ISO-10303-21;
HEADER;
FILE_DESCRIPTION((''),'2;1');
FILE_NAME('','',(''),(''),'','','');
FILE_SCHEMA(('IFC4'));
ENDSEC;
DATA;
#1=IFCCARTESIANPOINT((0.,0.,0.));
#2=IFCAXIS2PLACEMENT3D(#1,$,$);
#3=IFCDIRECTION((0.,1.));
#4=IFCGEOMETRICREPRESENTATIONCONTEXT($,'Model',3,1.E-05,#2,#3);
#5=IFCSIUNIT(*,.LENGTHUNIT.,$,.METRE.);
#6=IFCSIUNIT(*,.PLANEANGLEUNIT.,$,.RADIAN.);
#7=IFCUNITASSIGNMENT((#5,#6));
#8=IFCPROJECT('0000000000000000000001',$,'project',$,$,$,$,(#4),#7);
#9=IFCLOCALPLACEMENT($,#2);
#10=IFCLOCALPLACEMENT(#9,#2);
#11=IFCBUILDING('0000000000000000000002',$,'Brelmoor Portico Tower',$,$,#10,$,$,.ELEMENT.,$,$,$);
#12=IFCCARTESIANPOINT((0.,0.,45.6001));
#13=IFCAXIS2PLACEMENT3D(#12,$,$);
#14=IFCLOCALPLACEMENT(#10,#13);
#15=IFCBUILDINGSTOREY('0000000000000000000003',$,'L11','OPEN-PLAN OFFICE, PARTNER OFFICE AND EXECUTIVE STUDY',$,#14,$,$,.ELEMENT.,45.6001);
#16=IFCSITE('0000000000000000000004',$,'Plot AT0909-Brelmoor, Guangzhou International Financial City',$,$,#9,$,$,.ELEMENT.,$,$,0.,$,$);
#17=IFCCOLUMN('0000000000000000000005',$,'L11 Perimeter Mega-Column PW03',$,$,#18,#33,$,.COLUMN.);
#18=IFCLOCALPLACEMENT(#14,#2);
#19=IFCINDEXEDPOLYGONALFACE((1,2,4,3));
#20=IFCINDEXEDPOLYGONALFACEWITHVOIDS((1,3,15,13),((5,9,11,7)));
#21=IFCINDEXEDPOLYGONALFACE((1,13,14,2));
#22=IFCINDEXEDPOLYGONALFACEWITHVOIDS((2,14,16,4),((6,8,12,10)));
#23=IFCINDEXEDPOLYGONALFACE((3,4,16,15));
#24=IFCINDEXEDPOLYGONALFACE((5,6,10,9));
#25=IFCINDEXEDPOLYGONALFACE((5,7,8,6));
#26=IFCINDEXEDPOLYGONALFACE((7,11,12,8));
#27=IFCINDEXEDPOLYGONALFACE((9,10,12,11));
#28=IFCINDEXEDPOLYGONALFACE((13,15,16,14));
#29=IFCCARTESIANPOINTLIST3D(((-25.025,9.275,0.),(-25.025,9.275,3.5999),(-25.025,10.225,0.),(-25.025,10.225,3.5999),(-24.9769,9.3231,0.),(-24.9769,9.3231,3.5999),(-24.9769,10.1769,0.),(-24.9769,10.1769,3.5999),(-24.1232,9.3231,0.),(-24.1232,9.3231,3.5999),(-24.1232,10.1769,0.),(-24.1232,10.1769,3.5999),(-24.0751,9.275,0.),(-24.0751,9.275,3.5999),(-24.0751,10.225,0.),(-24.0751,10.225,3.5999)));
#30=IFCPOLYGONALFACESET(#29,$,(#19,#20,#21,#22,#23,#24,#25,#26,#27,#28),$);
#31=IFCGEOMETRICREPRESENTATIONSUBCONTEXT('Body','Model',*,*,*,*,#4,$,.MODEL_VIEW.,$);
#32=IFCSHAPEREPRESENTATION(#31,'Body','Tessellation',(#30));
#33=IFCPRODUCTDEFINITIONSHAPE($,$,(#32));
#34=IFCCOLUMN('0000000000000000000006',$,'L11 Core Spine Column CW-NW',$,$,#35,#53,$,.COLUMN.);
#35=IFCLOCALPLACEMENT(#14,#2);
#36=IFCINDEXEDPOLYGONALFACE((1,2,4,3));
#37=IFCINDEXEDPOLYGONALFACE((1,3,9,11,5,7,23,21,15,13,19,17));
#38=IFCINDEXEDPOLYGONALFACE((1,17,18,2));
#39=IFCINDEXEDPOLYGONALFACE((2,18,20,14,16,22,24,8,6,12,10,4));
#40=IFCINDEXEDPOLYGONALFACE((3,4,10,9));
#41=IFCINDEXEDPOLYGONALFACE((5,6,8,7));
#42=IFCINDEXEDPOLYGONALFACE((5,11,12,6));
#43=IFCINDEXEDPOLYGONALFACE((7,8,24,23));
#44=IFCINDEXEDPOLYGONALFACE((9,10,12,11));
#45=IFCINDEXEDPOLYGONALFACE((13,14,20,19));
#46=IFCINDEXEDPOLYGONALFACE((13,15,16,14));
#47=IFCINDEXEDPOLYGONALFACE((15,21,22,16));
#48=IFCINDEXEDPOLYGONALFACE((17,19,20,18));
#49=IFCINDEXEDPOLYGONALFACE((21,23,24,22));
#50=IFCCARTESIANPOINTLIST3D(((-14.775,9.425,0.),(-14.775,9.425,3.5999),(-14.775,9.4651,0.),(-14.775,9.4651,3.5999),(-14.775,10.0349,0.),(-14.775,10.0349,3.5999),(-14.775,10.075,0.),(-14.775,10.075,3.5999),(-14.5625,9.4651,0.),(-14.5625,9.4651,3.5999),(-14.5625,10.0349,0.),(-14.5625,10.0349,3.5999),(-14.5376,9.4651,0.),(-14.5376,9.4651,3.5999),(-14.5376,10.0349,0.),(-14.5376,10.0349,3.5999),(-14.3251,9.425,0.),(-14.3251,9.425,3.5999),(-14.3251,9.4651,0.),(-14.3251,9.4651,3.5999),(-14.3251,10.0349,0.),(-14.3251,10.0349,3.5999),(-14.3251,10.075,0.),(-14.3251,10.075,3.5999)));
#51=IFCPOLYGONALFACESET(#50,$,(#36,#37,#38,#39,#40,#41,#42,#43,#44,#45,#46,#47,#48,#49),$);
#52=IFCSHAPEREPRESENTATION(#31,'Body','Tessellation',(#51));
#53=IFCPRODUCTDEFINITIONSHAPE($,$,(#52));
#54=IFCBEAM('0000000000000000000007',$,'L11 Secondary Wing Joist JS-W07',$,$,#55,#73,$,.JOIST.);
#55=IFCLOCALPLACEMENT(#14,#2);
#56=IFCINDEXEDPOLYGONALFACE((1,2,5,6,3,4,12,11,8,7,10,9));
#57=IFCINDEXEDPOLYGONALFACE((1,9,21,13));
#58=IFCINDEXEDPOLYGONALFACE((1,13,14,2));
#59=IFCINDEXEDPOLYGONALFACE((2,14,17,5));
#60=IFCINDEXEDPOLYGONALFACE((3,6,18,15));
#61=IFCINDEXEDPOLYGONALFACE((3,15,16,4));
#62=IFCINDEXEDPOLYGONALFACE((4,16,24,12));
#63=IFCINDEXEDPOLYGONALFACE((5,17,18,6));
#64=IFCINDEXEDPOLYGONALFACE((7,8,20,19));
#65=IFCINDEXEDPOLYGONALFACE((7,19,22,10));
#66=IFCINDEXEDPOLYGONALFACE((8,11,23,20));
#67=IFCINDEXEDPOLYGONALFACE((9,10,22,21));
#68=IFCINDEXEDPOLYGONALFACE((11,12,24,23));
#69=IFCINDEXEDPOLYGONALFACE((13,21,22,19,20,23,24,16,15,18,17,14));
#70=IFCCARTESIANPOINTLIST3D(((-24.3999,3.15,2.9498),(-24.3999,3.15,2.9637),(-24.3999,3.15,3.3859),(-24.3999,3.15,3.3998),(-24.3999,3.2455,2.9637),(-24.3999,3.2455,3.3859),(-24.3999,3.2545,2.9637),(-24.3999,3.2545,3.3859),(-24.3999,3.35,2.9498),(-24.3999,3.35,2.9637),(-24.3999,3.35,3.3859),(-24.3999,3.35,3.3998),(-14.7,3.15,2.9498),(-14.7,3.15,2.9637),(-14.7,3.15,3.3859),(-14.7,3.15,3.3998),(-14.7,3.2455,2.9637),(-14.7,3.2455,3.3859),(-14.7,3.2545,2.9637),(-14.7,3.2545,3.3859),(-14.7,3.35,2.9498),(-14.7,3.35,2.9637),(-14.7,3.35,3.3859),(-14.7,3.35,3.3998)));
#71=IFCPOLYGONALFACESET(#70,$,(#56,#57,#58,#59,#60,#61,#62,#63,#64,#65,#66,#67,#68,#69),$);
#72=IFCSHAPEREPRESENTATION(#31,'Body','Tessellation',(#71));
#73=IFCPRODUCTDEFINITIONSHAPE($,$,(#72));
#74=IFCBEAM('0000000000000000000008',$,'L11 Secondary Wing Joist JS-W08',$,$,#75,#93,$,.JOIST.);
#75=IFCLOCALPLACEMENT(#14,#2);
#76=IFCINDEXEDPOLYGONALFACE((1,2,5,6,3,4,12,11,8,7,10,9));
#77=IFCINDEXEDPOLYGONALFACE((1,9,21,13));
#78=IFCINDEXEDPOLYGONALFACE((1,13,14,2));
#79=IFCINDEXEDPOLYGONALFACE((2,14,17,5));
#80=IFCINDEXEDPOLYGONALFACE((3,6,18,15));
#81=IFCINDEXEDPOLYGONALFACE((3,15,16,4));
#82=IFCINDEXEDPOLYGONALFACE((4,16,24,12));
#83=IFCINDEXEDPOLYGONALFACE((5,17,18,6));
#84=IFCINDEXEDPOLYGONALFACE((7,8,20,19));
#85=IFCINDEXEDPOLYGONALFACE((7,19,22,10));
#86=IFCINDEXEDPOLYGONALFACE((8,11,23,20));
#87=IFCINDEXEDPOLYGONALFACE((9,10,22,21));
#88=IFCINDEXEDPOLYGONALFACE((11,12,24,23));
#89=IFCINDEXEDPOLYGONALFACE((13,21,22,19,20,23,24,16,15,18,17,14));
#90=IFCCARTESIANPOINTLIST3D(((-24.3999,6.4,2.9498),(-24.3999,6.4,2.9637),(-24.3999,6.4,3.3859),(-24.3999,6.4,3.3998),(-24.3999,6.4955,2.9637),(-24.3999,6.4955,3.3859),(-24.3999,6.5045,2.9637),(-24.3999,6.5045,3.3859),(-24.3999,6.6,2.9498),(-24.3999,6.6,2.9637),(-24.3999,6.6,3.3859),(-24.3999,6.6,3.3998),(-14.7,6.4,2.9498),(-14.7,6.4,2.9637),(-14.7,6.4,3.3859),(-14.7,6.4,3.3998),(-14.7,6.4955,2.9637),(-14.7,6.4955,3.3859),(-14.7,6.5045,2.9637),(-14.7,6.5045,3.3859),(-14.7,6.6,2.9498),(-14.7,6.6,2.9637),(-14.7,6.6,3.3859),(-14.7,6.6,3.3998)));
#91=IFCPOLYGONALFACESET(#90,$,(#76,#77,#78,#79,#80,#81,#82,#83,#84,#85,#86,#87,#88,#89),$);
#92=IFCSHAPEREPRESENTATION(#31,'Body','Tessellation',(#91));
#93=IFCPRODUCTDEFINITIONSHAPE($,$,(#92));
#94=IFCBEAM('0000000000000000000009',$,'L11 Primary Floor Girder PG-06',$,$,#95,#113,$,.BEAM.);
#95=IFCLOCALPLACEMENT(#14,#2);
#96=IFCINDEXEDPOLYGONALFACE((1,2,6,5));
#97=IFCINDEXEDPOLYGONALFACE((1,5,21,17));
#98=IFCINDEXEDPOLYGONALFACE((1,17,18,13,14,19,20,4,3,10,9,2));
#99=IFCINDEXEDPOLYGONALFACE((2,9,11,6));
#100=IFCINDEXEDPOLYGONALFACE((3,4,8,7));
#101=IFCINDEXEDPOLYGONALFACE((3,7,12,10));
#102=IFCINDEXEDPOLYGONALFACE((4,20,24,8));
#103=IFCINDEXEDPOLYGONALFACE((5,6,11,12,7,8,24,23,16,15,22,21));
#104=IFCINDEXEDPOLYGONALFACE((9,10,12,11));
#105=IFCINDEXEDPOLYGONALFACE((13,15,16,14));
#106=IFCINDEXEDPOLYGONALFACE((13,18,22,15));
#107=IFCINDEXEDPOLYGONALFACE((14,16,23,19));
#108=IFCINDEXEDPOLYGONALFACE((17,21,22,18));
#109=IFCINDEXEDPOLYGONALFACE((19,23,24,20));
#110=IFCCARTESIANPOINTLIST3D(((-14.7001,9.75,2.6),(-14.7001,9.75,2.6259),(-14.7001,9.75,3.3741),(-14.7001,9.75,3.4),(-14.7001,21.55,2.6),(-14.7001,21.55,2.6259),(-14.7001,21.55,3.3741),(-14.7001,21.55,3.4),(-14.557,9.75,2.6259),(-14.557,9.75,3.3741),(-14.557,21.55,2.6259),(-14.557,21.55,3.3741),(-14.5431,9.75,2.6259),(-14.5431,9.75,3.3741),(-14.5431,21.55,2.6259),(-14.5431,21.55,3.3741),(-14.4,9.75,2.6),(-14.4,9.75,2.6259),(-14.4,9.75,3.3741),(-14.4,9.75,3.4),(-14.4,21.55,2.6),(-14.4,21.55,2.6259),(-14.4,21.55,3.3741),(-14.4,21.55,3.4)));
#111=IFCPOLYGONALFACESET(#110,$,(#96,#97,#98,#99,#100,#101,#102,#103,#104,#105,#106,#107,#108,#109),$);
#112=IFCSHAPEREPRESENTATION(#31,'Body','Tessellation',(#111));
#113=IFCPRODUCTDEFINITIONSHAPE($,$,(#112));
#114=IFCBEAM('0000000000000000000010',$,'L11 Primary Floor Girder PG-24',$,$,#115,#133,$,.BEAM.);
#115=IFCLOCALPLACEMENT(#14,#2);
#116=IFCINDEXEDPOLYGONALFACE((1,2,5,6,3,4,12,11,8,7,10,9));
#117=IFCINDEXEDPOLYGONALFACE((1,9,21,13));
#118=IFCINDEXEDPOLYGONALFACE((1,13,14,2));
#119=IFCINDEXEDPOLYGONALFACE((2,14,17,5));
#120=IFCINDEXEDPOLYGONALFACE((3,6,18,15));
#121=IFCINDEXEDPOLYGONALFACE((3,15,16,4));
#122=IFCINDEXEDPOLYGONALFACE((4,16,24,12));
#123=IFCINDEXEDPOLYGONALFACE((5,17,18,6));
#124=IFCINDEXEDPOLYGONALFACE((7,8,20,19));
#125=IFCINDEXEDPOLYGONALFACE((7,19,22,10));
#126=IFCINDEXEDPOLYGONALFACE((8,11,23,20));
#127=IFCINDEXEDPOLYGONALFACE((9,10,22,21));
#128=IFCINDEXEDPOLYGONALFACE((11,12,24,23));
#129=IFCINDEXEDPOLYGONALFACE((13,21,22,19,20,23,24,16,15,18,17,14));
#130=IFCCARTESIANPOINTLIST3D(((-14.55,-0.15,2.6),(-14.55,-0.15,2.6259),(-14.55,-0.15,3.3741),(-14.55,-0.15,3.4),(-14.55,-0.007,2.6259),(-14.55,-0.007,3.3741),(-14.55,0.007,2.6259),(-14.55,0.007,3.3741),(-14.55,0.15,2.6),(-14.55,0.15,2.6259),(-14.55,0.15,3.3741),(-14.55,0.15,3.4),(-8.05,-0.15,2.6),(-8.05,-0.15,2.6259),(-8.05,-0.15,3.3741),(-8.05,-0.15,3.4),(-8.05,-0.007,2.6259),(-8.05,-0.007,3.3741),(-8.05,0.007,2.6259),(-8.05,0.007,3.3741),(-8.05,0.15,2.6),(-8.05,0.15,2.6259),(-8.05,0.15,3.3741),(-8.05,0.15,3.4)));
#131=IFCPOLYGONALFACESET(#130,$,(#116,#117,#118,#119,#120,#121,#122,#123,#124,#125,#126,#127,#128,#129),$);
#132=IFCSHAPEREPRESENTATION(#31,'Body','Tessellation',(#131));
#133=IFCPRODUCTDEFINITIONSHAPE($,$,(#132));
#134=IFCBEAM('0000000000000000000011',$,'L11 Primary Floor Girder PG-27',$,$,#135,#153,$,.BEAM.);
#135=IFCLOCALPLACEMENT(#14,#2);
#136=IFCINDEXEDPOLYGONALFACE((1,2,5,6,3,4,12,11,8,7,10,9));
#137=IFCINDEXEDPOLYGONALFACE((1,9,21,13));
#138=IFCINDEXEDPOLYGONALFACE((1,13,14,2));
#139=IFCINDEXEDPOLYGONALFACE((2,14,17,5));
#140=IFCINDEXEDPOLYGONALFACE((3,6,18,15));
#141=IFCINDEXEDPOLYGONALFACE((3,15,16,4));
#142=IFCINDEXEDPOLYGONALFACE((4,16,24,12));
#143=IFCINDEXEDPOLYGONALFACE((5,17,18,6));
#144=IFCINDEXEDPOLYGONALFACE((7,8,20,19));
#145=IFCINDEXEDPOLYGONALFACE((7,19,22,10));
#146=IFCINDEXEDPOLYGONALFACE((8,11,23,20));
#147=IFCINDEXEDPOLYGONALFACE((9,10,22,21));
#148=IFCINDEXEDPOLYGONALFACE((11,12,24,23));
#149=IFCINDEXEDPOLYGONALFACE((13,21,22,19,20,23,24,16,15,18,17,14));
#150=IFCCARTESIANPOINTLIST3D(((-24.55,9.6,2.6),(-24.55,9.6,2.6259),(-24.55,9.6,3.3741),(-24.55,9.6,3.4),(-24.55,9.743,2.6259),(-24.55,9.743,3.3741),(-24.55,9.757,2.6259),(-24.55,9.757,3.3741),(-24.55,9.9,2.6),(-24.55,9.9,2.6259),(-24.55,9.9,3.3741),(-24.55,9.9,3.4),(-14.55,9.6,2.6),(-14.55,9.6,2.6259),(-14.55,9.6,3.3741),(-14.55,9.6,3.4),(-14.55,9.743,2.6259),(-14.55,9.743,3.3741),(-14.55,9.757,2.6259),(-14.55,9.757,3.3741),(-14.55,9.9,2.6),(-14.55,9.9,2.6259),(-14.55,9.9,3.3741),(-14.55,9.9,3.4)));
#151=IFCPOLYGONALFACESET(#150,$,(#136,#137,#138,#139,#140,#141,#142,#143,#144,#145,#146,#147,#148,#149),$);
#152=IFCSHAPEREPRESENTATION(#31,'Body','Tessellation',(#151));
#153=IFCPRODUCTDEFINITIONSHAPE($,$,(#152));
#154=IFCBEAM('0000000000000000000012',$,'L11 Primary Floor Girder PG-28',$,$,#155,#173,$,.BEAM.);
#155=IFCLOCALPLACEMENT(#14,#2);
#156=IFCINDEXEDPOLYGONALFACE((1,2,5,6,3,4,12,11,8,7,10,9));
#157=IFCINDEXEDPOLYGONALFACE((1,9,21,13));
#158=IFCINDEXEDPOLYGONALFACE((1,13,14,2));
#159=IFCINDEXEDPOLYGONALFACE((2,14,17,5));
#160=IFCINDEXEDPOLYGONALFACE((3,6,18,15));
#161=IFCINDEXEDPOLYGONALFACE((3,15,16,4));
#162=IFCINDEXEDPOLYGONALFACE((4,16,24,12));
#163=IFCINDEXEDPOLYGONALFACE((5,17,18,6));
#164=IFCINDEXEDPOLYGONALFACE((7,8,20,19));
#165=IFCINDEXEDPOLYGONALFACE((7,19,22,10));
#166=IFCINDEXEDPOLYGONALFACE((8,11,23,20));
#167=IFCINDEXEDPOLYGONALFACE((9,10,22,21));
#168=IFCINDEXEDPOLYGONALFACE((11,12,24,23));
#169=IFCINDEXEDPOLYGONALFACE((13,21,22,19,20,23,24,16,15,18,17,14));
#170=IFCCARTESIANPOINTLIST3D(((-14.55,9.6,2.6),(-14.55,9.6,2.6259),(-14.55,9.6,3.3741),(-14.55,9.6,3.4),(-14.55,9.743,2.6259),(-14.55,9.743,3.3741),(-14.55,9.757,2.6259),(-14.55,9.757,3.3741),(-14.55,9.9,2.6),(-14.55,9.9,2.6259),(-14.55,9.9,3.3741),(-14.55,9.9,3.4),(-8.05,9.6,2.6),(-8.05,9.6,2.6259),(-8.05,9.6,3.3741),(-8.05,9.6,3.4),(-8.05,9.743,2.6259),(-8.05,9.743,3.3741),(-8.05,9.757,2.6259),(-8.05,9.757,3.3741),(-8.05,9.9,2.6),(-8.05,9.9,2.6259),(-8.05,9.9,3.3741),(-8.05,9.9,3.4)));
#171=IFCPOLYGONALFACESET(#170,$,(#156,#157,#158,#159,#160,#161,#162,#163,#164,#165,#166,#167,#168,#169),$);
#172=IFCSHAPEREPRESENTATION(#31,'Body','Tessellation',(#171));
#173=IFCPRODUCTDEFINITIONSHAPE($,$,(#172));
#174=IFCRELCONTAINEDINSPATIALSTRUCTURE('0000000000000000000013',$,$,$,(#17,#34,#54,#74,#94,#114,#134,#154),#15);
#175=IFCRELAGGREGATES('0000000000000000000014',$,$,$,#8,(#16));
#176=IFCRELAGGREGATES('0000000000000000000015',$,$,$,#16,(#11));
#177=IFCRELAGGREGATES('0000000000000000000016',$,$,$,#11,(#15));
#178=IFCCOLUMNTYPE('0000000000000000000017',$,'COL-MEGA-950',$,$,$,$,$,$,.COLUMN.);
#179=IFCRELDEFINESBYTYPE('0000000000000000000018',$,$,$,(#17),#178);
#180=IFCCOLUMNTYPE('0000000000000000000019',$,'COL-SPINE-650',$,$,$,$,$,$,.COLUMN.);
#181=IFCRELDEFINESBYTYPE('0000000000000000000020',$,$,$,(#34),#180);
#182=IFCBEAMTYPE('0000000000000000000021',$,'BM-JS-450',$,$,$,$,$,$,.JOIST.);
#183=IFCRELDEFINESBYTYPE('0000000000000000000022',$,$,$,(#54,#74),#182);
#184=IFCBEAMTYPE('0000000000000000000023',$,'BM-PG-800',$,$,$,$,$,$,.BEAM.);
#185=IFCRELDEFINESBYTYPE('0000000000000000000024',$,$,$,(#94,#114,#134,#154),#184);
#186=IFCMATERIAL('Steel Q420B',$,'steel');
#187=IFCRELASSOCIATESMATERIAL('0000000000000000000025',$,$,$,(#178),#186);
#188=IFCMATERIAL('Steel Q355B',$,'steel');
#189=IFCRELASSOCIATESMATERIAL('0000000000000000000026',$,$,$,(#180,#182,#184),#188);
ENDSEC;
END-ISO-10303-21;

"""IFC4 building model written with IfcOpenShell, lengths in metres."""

from ifc_helpers import new_model, si_unit, direction, frame, origin, origin_2d, place, context, subcontext, project, spatial, hollow_rectangle, i_section, extrude, material, material_profile, profile_set, type_object, element, save


model = new_model("IFC4")

# Units and contexts
model_context = context("Model", 3, precision=1e-05, world=origin(), true_north=direction((0.0, 1.0)))
body_context = subcontext(model_context, "Body", "Model", "MODEL_VIEW")
ifc_project = project(units=[si_unit("LENGTHUNIT", "METRE"), si_unit("PLANEANGLEUNIT", "RADIAN")], contexts=[model_context])

# Site, building, storey
site_placement = place(None, origin())
site = spatial("IfcSite", under=ifc_project, at=site_placement, Name="Plot AT0909-Brelmoor, Guangzhou International Financial City", CompositionType="ELEMENT", RefElevation=0.0)
building_placement = place(site_placement, origin())
building = spatial("IfcBuilding", under=site, at=building_placement, Name="Brelmoor Portico Tower", CompositionType="ELEMENT")
storey_placement = place(building_placement, frame((0.0, 0.0, 45.6001)))
storey = spatial("IfcBuildingStorey", under=building, at=storey_placement, Name="L11", Description="OPEN-PLAN OFFICE, PARTNER OFFICE AND EXECUTIVE STUDY", CompositionType="ELEMENT", Elevation=45.6001)

# Columns
ifc_material_1 = material(Name="Steel Q420B", Category="steel")
ifc_material_profile_1 = material_profile(ifc_material_1, hollow_rectangle(XDim=0.95, YDim=0.95, WallThickness=0.0481, at=origin_2d()), Name="BOX 950x950x48")
ifc_profile_set_1 = profile_set([ifc_material_profile_1], Name="Steel Q420B")
column_type_1 = type_object("IfcColumnType", Name="COL-MEGA-950", PredefinedType="COLUMN", material=ifc_profile_set_1)
column_1_placement = place(storey_placement, frame((-24.55, 9.75, 0.0), z_axis=(0.0, 0.0, 1.0), x_axis=(0.0, 1.0, 0.0)))
element("IfcColumn", 1, at=column_1_placement, inside=storey, type_object=column_type_1, Name="L11 Perimeter Mega-Column PW03", PredefinedType="COLUMN", context=body_context, shape_type="SweptSolid", body=[
    extrude(hollow_rectangle(XDim=0.95, YDim=0.95, WallThickness=0.0481, at=origin_2d()), origin(), (0.0, 0.0, 1.0), 3.5999),
])
ifc_material_2 = material(Name="Steel Q355B", Category="steel")
ifc_material_profile_2 = material_profile(ifc_material_2, i_section(OverallWidth=0.45, OverallDepth=0.6499, WebThickness=0.0249, FlangeThickness=0.04, at=origin_2d()), Name="HW 650x450x25x40")
ifc_profile_set_2 = profile_set([ifc_material_profile_2], Name="Steel Q355B")
column_type_2 = type_object("IfcColumnType", Name="COL-SPINE-650", PredefinedType="COLUMN", material=ifc_profile_set_2)
column_2_placement = place(storey_placement, frame((-14.55, 9.75, 0.0), z_axis=(0.0, 0.0, 1.0), x_axis=(1.0, 0.0, 0.0)))
element("IfcColumn", 2, at=column_2_placement, inside=storey, type_object=column_type_2, Name="L11 Core Spine Column CW-NW", PredefinedType="COLUMN", context=body_context, shape_type="SweptSolid", body=[
    extrude(i_section(OverallWidth=0.45, OverallDepth=0.6499, WebThickness=0.0249, FlangeThickness=0.04, at=origin_2d()), origin(), (0.0, 0.0, 1.0), 3.5999),
])

# Beams
ifc_material_profile_3 = material_profile(ifc_material_2, i_section(OverallWidth=0.2, OverallDepth=0.45, WebThickness=0.009, FlangeThickness=0.0139, at=origin_2d()), Name="HN 450x200x9x14")
ifc_profile_set_3 = profile_set([ifc_material_profile_3], Name="Steel Q355B")
beam_type_1 = type_object("IfcBeamType", Name="BM-JS-450", PredefinedType="JOIST", material=ifc_profile_set_3)
for number, where, z_axis, x_axis, name in (
    (3, (-24.3999, 3.25, 3.1748), (1.0, 0.0, 0.0), (0.0, 1.0, 0.0), "L11 Secondary Wing Joist JS-W07"),
    (4, (-24.3999, 6.5, 3.1748), (1.0, 0.0, 0.0), (0.0, 1.0, 0.0), "L11 Secondary Wing Joist JS-W08"),
):
    element("IfcBeam", number, at=place(storey_placement, frame(where, z_axis=z_axis, x_axis=x_axis)), inside=storey, type_object=beam_type_1, Name=name, PredefinedType="JOIST", context=body_context, shape_type="SweptSolid", body=[
        extrude(i_section(OverallWidth=0.2, OverallDepth=0.45, WebThickness=0.009, FlangeThickness=0.0139, at=origin_2d()), origin(), (0.0, 0.0, 1.0), 9.7),
    ])
ifc_material_profile_4 = material_profile(ifc_material_2, i_section(OverallWidth=0.3, OverallDepth=0.8, WebThickness=0.0139, FlangeThickness=0.0259, at=origin_2d()), Name="HN 800x300x14x26")
ifc_profile_set_4 = profile_set([ifc_material_profile_4], Name="Steel Q355B")
beam_type_2 = type_object("IfcBeamType", Name="BM-PG-800", PredefinedType="BEAM", material=ifc_profile_set_4)
beam_1_placement = place(storey_placement, frame((-14.55, 9.75, 3.0), z_axis=(0.0, 1.0, 0.0), x_axis=(-1.0, 0.0, 0.0)))
element("IfcBeam", 5, at=beam_1_placement, inside=storey, type_object=beam_type_2, Name="L11 Primary Floor Girder PG-06", PredefinedType="BEAM", context=body_context, shape_type="SweptSolid", body=[
    extrude(i_section(OverallWidth=0.3, OverallDepth=0.8, WebThickness=0.0139, FlangeThickness=0.0259, at=origin_2d()), origin(), (0.0, 0.0, 1.0), 11.8),
])
beam_2_placement = place(storey_placement, frame((-14.55, 0.0, 3.0), z_axis=(1.0, 0.0, 0.0), x_axis=(0.0, 1.0, 0.0)))
element("IfcBeam", 6, at=beam_2_placement, inside=storey, type_object=beam_type_2, Name="L11 Primary Floor Girder PG-24", PredefinedType="BEAM", context=body_context, shape_type="SweptSolid", body=[
    extrude(i_section(OverallWidth=0.3, OverallDepth=0.8, WebThickness=0.0139, FlangeThickness=0.0259, at=origin_2d()), origin(), (0.0, 0.0, 1.0), 6.5),
])
beam_3_placement = place(storey_placement, frame((-24.55, 9.75, 3.0), z_axis=(1.0, 0.0, 0.0), x_axis=(0.0, 1.0, 0.0)))
element("IfcBeam", 7, at=beam_3_placement, inside=storey, type_object=beam_type_2, Name="L11 Primary Floor Girder PG-27", PredefinedType="BEAM", context=body_context, shape_type="SweptSolid", body=[
    extrude(i_section(OverallWidth=0.3, OverallDepth=0.8, WebThickness=0.0139, FlangeThickness=0.0259, at=origin_2d()), origin(), (0.0, 0.0, 1.0), 10.0),
])
beam_4_placement = place(storey_placement, frame((-14.55, 9.75, 3.0), z_axis=(1.0, 0.0, 0.0), x_axis=(0.0, 1.0, 0.0)))
element("IfcBeam", 8, at=beam_4_placement, inside=storey, type_object=beam_type_2, Name="L11 Primary Floor Girder PG-28", PredefinedType="BEAM", context=body_context, shape_type="SweptSolid", body=[
    extrude(i_section(OverallWidth=0.3, OverallDepth=0.8, WebThickness=0.0139, FlangeThickness=0.0259, at=origin_2d()), origin(), (0.0, 0.0, 1.0), 6.5),
])

save(model, "model.ifc")
